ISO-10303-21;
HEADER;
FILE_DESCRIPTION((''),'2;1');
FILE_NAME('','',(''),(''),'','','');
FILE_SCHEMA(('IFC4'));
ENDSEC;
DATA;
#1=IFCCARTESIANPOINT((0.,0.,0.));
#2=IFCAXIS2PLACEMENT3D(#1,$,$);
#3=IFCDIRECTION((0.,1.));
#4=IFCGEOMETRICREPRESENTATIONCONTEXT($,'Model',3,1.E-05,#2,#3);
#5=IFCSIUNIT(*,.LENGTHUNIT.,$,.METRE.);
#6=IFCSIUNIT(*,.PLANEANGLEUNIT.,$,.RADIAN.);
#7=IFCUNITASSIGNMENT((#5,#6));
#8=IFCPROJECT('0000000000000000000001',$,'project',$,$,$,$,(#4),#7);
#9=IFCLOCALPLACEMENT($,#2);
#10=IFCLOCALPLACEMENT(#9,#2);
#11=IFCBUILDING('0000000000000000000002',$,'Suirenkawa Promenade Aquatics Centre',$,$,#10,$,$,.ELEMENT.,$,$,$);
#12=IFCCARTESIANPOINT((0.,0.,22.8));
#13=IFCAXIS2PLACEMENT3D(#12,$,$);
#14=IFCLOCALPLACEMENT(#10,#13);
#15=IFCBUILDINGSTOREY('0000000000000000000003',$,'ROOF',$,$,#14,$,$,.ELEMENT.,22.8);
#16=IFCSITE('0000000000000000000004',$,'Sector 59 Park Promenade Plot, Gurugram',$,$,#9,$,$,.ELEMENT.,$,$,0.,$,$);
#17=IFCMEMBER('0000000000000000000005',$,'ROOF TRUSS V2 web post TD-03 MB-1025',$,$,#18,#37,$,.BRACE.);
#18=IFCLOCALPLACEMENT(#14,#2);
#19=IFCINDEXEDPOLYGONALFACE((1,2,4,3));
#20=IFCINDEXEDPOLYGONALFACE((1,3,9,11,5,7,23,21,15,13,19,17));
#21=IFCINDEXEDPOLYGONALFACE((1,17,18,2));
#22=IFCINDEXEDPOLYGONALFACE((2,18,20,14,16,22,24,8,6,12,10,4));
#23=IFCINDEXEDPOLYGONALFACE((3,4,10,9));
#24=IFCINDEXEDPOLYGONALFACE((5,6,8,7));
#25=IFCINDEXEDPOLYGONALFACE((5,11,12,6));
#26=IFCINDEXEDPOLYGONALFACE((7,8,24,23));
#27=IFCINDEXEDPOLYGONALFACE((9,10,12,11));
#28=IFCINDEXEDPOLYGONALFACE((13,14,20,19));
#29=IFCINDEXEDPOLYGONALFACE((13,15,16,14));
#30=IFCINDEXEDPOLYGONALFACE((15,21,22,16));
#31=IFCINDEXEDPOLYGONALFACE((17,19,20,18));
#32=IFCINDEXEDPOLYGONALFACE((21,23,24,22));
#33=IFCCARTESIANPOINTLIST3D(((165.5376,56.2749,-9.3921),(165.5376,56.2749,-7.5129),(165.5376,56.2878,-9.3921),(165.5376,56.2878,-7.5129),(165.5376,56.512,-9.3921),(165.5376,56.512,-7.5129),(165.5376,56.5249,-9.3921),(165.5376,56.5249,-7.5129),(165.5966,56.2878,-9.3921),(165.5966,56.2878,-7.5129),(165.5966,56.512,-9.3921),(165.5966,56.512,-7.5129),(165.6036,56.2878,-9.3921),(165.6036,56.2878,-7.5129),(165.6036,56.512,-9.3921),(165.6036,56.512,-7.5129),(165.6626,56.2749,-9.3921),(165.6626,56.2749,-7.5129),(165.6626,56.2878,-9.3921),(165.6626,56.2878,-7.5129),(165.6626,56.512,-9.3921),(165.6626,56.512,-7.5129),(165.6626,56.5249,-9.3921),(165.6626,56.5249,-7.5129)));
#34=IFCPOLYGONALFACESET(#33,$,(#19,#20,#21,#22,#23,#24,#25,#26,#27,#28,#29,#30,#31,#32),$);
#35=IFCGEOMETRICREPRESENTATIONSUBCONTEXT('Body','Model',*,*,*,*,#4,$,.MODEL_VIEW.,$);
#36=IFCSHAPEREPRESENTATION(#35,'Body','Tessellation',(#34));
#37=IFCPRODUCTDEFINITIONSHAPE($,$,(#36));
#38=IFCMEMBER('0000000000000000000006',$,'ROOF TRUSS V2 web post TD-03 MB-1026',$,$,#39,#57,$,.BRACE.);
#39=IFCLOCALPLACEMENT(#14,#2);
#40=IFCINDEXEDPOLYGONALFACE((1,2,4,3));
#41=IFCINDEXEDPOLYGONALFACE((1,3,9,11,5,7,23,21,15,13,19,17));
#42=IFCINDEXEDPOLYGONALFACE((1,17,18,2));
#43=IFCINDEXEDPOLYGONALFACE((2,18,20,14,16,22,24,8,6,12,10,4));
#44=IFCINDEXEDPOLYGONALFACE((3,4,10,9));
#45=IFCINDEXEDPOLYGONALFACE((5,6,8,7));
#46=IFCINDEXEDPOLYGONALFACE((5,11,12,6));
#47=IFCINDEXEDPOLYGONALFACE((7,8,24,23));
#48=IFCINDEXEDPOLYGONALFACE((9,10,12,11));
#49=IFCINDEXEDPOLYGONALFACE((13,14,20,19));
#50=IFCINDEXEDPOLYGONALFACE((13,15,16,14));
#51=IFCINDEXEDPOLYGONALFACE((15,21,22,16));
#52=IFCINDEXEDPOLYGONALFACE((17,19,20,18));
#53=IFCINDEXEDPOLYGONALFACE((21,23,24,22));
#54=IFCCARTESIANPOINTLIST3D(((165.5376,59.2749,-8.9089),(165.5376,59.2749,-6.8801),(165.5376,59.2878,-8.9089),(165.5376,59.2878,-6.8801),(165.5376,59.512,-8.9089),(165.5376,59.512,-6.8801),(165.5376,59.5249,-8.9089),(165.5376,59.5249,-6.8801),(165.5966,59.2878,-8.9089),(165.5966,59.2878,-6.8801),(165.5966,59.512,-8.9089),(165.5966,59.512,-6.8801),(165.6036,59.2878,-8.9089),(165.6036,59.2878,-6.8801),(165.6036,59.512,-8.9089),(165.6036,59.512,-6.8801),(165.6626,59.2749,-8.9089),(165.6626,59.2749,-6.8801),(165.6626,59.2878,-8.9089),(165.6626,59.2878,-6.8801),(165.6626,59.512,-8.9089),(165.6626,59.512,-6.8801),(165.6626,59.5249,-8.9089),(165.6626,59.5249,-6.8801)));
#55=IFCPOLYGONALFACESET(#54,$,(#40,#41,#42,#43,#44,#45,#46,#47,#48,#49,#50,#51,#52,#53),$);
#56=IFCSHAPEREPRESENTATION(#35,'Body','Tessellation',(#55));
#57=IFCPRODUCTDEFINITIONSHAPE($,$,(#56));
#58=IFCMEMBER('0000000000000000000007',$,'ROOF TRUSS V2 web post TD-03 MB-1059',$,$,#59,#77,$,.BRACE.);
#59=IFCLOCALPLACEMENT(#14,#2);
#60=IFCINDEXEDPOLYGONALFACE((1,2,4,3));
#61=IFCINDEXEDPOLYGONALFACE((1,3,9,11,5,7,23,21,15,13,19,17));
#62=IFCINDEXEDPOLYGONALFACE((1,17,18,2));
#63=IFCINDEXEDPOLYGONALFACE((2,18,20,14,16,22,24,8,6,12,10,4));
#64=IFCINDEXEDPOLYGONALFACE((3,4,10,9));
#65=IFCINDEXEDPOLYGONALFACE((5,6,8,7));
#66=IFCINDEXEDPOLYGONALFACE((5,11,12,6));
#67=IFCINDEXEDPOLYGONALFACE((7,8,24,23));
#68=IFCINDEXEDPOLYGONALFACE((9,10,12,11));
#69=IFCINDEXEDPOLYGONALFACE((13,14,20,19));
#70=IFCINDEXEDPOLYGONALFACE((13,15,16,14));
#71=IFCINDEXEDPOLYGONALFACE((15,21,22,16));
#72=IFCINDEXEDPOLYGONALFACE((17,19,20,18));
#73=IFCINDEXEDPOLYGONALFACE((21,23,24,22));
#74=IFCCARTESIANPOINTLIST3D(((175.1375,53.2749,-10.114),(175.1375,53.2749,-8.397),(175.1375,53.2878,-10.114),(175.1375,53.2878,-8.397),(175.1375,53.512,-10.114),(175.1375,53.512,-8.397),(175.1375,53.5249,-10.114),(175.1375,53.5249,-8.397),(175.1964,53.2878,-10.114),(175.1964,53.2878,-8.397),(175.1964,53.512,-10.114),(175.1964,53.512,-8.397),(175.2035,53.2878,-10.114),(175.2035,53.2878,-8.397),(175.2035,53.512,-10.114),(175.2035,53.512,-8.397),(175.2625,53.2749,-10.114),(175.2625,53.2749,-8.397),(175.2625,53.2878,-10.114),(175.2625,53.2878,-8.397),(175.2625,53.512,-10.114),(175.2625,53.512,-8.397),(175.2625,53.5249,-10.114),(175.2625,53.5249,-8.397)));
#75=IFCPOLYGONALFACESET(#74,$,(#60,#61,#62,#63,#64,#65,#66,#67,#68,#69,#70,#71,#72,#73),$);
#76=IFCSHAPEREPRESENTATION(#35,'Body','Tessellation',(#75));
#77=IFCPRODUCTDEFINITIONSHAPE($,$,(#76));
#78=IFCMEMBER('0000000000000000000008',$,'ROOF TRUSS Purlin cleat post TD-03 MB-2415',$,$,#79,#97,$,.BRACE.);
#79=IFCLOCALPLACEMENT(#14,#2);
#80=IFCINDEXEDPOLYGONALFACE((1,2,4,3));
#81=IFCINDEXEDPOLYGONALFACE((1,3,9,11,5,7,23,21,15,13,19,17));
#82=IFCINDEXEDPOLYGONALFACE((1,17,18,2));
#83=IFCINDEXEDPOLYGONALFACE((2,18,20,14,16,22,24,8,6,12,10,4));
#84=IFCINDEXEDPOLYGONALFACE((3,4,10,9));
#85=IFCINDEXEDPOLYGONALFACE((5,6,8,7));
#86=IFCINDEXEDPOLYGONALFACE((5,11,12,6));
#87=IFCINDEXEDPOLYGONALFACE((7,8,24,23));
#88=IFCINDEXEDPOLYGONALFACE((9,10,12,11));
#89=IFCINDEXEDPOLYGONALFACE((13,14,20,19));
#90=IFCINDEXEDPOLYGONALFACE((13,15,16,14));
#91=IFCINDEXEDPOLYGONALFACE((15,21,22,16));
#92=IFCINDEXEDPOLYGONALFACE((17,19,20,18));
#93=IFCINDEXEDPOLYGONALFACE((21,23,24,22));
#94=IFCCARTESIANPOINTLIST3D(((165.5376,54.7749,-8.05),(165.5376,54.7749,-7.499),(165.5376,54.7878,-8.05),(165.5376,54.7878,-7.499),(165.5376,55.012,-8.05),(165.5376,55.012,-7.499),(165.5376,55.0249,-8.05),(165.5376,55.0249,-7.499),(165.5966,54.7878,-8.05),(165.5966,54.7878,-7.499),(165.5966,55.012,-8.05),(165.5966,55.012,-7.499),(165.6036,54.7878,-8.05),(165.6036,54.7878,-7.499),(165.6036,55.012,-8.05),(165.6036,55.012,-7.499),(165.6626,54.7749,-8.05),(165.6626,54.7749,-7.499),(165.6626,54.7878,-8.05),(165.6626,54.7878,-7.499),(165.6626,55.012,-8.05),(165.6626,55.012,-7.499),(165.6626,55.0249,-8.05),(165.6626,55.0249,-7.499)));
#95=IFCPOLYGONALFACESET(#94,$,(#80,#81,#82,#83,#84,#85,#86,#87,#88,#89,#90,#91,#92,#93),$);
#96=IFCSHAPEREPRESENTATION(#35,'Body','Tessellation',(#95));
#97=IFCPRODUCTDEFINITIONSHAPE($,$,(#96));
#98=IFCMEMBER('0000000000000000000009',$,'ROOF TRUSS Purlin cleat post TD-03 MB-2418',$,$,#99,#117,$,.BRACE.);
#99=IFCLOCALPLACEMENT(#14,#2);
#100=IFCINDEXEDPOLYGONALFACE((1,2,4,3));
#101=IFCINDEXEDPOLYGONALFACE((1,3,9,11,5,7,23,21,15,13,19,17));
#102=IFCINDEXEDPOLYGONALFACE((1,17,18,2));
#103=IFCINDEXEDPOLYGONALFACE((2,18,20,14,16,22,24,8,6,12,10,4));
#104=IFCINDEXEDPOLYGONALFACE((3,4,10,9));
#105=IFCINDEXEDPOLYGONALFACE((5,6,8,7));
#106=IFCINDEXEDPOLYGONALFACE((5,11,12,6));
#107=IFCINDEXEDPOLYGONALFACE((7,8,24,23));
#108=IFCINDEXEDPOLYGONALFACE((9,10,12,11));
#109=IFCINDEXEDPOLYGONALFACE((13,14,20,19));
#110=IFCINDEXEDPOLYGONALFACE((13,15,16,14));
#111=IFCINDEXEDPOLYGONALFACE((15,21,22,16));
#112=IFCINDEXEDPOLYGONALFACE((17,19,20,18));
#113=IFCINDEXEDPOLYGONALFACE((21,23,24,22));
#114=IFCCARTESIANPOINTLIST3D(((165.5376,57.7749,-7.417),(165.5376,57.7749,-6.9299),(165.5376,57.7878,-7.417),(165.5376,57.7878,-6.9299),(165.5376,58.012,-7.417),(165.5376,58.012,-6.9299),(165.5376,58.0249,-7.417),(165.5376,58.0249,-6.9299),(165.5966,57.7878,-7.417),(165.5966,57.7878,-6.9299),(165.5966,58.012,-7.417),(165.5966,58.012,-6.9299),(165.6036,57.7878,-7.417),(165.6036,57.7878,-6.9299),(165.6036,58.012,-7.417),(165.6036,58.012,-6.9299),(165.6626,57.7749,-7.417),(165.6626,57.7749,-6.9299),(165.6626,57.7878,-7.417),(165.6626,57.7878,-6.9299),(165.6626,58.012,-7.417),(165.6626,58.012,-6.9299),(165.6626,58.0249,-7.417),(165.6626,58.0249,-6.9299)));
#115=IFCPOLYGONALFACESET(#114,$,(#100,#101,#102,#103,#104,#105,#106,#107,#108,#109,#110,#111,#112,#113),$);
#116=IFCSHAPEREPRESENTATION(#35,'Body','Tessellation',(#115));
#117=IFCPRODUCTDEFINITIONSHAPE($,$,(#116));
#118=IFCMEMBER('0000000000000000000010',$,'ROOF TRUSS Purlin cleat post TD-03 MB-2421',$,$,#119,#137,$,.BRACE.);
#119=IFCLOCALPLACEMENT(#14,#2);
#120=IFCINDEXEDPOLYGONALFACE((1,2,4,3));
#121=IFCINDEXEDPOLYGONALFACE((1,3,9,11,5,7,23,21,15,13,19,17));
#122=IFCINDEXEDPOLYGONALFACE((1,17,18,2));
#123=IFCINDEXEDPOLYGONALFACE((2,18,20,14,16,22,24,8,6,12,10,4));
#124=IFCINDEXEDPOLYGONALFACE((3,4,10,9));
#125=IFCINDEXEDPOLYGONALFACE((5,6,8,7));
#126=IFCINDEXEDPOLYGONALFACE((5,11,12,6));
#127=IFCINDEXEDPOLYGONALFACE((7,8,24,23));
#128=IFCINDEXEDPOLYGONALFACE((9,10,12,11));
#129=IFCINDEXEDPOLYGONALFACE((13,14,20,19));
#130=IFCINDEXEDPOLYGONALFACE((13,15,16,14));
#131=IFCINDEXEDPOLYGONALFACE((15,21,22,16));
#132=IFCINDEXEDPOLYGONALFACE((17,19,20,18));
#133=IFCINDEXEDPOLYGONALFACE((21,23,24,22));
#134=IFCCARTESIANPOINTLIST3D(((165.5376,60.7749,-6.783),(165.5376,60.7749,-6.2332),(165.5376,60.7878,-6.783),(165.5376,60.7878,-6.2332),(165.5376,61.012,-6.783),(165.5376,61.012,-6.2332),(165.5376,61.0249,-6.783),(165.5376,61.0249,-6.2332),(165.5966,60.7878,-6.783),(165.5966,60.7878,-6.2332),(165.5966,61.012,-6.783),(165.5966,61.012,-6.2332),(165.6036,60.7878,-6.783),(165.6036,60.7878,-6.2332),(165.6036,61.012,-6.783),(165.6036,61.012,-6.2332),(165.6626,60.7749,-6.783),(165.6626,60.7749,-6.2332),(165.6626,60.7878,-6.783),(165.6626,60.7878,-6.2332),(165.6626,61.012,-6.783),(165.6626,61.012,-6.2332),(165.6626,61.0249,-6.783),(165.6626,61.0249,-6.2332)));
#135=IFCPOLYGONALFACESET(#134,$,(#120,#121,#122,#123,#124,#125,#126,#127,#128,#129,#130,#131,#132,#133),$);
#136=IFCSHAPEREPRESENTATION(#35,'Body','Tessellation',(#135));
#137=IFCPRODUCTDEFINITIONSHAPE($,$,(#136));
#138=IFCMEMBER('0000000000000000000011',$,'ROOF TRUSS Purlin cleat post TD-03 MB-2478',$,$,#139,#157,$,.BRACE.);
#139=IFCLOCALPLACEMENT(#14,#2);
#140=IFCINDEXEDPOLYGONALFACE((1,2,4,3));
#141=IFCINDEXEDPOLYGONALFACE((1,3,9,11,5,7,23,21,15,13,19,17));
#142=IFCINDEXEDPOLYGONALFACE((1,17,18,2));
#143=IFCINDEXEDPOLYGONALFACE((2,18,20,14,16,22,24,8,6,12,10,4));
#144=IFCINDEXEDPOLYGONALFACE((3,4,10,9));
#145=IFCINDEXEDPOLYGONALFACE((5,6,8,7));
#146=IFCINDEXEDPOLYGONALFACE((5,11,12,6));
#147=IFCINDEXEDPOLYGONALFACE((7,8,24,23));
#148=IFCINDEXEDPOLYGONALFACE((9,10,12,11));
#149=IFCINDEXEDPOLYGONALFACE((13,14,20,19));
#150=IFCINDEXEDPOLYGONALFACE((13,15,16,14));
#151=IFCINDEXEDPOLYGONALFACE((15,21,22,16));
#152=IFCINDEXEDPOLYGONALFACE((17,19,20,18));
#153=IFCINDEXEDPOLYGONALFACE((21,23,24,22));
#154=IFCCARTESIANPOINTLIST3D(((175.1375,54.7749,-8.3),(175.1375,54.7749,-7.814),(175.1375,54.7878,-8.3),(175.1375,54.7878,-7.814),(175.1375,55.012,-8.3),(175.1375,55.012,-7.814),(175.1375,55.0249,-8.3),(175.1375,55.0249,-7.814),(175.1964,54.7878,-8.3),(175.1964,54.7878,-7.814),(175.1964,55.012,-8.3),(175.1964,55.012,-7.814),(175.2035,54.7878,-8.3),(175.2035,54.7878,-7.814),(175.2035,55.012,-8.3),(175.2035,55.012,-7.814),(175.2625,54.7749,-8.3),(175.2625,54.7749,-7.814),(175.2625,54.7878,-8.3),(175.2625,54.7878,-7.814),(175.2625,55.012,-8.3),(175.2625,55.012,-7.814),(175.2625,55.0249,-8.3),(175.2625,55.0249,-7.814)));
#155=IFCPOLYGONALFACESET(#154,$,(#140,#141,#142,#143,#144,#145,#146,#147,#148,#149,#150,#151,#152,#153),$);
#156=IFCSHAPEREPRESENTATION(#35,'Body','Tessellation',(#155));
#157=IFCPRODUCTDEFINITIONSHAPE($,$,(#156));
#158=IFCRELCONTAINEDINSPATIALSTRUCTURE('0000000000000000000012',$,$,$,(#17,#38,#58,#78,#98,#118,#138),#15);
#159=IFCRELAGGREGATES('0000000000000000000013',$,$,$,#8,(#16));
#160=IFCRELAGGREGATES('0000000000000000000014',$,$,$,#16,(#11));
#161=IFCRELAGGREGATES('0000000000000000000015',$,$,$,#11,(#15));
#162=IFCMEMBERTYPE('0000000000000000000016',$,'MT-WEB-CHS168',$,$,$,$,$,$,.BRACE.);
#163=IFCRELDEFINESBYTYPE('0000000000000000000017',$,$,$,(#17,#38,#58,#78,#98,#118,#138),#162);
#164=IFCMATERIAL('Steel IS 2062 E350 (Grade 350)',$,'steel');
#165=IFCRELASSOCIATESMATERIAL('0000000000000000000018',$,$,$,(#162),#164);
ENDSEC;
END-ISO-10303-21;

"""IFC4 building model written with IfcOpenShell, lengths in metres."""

from ifc_helpers import new_model, si_unit, direction, frame, origin, origin_2d, place, context, subcontext, project, spatial, i_section, extrude, material, material_profile, profile_set, type_object, element, save


model = new_model("IFC4")

# Units and contexts
model_context = context("Model", 3, precision=1e-05, world=origin(), true_north=direction((0.0, 1.0)))
body_context = subcontext(model_context, "Body", "Model", "MODEL_VIEW")
ifc_project = project(units=[si_unit("LENGTHUNIT", "METRE"), si_unit("PLANEANGLEUNIT", "RADIAN")], contexts=[model_context])

# Site, building, storey
site_placement = place(None, origin())
site = spatial("IfcSite", under=ifc_project, at=site_placement, Name="Sector 59 Park Promenade Plot, Gurugram", CompositionType="ELEMENT", RefElevation=0.0)
building_placement = place(site_placement, origin())
building = spatial("IfcBuilding", under=site, at=building_placement, Name="Suirenkawa Promenade Aquatics Centre", CompositionType="ELEMENT")
storey_placement = place(building_placement, frame((0.0, 0.0, 22.8)))
storey = spatial("IfcBuildingStorey", under=building, at=storey_placement, Name="ROOF", CompositionType="ELEMENT", Elevation=22.8)

# Shared definitions
ifc_material = material(Name="Steel IS 2062 E350 (Grade 350)", Category="steel")

# Members
ifc_material_profile_1 = material_profile(ifc_material, i_section(OverallWidth=0.125, OverallDepth=0.25, WebThickness=0.0071, FlangeThickness=0.0129, at=origin_2d()), Name="ISMB 250", Category="steel")
ifc_profile_set_1 = profile_set([ifc_material_profile_1], Name="Steel IS 2062 E350 (Grade 350)")
member_type_1 = type_object("IfcMemberType", Name="MT-WEB-CHS168", PredefinedType="BRACE", material=ifc_profile_set_1)
member_1_placement = place(storey_placement, frame((165.6001, 56.3999, -9.3921), z_axis=(0.0, 0.0, 1.0), x_axis=(1.0, 0.0, 0.0)))
element("IfcMember", 1, at=member_1_placement, inside=storey, type_object=member_type_1, Name="ROOF TRUSS V2 web post TD-03 MB-1025", PredefinedType="BRACE", context=body_context, shape_type="SweptSolid", body=[
    extrude(i_section(OverallWidth=0.125, OverallDepth=0.25, WebThickness=0.0071, FlangeThickness=0.0129, at=origin_2d()), origin(), (0.0, 0.0, 1.0), 1.8792),
])
member_2_placement = place(storey_placement, frame((165.6001, 59.3999, -8.9089), z_axis=(0.0, 0.0, 1.0), x_axis=(1.0, 0.0, 0.0)))
element("IfcMember", 2, at=member_2_placement, inside=storey, type_object=member_type_1, Name="ROOF TRUSS V2 web post TD-03 MB-1026", PredefinedType="BRACE", context=body_context, shape_type="SweptSolid", body=[
    extrude(i_section(OverallWidth=0.125, OverallDepth=0.25, WebThickness=0.0071, FlangeThickness=0.0129, at=origin_2d()), origin(), (0.0, 0.0, 1.0), 2.0288),
])
member_3_placement = place(storey_placement, frame((175.2, 53.3999, -10.114), z_axis=(0.0, 0.0, 1.0), x_axis=(1.0, 0.0, 0.0)))
element("IfcMember", 3, at=member_3_placement, inside=storey, type_object=member_type_1, Name="ROOF TRUSS V2 web post TD-03 MB-1059", PredefinedType="BRACE", context=body_context, shape_type="SweptSolid", body=[
    extrude(i_section(OverallWidth=0.125, OverallDepth=0.25, WebThickness=0.0071, FlangeThickness=0.0129, at=origin_2d()), origin(), (0.0, 0.0, 1.0), 1.717),
])
member_4_placement = place(storey_placement, frame((165.6001, 54.8999, -8.05), z_axis=(0.0, 0.0, 1.0), x_axis=(1.0, 0.0, 0.0)))
element("IfcMember", 4, at=member_4_placement, inside=storey, type_object=member_type_1, Name="ROOF TRUSS Purlin cleat post TD-03 MB-2415", PredefinedType="BRACE", context=body_context, shape_type="SweptSolid", body=[
    extrude(i_section(OverallWidth=0.125, OverallDepth=0.25, WebThickness=0.0071, FlangeThickness=0.0129, at=origin_2d()), origin(), (0.0, 0.0, 1.0), 0.551),
])
member_5_placement = place(storey_placement, frame((165.6001, 57.8999, -7.417), z_axis=(0.0, 0.0, 1.0), x_axis=(1.0, 0.0, 0.0)))
element("IfcMember", 5, at=member_5_placement, inside=storey, type_object=member_type_1, Name="ROOF TRUSS Purlin cleat post TD-03 MB-2418", PredefinedType="BRACE", context=body_context, shape_type="SweptSolid", body=[
    extrude(i_section(OverallWidth=0.125, OverallDepth=0.25, WebThickness=0.0071, FlangeThickness=0.0129, at=origin_2d()), origin(), (0.0, 0.0, 1.0), 0.4871),
])
member_6_placement = place(storey_placement, frame((165.6001, 60.8999, -6.783), z_axis=(0.0, 0.0, 1.0), x_axis=(1.0, 0.0, 0.0)))
element("IfcMember", 6, at=member_6_placement, inside=storey, type_object=member_type_1, Name="ROOF TRUSS Purlin cleat post TD-03 MB-2421", PredefinedType="BRACE", context=body_context, shape_type="SweptSolid", body=[
    extrude(i_section(OverallWidth=0.125, OverallDepth=0.25, WebThickness=0.0071, FlangeThickness=0.0129, at=origin_2d()), origin(), (0.0, 0.0, 1.0), 0.5498),
])
member_7_placement = place(storey_placement, frame((175.2, 54.8999, -8.3), z_axis=(0.0, 0.0, 1.0), x_axis=(1.0, 0.0, 0.0)))
element("IfcMember", 7, at=member_7_placement, inside=storey, type_object=member_type_1, Name="ROOF TRUSS Purlin cleat post TD-03 MB-2478", PredefinedType="BRACE", context=body_context, shape_type="SweptSolid", body=[
    extrude(i_section(OverallWidth=0.125, OverallDepth=0.25, WebThickness=0.0071, FlangeThickness=0.0129, at=origin_2d()), origin(), (0.0, 0.0, 1.0), 0.4861),
])

save(model, "model.ifc")
